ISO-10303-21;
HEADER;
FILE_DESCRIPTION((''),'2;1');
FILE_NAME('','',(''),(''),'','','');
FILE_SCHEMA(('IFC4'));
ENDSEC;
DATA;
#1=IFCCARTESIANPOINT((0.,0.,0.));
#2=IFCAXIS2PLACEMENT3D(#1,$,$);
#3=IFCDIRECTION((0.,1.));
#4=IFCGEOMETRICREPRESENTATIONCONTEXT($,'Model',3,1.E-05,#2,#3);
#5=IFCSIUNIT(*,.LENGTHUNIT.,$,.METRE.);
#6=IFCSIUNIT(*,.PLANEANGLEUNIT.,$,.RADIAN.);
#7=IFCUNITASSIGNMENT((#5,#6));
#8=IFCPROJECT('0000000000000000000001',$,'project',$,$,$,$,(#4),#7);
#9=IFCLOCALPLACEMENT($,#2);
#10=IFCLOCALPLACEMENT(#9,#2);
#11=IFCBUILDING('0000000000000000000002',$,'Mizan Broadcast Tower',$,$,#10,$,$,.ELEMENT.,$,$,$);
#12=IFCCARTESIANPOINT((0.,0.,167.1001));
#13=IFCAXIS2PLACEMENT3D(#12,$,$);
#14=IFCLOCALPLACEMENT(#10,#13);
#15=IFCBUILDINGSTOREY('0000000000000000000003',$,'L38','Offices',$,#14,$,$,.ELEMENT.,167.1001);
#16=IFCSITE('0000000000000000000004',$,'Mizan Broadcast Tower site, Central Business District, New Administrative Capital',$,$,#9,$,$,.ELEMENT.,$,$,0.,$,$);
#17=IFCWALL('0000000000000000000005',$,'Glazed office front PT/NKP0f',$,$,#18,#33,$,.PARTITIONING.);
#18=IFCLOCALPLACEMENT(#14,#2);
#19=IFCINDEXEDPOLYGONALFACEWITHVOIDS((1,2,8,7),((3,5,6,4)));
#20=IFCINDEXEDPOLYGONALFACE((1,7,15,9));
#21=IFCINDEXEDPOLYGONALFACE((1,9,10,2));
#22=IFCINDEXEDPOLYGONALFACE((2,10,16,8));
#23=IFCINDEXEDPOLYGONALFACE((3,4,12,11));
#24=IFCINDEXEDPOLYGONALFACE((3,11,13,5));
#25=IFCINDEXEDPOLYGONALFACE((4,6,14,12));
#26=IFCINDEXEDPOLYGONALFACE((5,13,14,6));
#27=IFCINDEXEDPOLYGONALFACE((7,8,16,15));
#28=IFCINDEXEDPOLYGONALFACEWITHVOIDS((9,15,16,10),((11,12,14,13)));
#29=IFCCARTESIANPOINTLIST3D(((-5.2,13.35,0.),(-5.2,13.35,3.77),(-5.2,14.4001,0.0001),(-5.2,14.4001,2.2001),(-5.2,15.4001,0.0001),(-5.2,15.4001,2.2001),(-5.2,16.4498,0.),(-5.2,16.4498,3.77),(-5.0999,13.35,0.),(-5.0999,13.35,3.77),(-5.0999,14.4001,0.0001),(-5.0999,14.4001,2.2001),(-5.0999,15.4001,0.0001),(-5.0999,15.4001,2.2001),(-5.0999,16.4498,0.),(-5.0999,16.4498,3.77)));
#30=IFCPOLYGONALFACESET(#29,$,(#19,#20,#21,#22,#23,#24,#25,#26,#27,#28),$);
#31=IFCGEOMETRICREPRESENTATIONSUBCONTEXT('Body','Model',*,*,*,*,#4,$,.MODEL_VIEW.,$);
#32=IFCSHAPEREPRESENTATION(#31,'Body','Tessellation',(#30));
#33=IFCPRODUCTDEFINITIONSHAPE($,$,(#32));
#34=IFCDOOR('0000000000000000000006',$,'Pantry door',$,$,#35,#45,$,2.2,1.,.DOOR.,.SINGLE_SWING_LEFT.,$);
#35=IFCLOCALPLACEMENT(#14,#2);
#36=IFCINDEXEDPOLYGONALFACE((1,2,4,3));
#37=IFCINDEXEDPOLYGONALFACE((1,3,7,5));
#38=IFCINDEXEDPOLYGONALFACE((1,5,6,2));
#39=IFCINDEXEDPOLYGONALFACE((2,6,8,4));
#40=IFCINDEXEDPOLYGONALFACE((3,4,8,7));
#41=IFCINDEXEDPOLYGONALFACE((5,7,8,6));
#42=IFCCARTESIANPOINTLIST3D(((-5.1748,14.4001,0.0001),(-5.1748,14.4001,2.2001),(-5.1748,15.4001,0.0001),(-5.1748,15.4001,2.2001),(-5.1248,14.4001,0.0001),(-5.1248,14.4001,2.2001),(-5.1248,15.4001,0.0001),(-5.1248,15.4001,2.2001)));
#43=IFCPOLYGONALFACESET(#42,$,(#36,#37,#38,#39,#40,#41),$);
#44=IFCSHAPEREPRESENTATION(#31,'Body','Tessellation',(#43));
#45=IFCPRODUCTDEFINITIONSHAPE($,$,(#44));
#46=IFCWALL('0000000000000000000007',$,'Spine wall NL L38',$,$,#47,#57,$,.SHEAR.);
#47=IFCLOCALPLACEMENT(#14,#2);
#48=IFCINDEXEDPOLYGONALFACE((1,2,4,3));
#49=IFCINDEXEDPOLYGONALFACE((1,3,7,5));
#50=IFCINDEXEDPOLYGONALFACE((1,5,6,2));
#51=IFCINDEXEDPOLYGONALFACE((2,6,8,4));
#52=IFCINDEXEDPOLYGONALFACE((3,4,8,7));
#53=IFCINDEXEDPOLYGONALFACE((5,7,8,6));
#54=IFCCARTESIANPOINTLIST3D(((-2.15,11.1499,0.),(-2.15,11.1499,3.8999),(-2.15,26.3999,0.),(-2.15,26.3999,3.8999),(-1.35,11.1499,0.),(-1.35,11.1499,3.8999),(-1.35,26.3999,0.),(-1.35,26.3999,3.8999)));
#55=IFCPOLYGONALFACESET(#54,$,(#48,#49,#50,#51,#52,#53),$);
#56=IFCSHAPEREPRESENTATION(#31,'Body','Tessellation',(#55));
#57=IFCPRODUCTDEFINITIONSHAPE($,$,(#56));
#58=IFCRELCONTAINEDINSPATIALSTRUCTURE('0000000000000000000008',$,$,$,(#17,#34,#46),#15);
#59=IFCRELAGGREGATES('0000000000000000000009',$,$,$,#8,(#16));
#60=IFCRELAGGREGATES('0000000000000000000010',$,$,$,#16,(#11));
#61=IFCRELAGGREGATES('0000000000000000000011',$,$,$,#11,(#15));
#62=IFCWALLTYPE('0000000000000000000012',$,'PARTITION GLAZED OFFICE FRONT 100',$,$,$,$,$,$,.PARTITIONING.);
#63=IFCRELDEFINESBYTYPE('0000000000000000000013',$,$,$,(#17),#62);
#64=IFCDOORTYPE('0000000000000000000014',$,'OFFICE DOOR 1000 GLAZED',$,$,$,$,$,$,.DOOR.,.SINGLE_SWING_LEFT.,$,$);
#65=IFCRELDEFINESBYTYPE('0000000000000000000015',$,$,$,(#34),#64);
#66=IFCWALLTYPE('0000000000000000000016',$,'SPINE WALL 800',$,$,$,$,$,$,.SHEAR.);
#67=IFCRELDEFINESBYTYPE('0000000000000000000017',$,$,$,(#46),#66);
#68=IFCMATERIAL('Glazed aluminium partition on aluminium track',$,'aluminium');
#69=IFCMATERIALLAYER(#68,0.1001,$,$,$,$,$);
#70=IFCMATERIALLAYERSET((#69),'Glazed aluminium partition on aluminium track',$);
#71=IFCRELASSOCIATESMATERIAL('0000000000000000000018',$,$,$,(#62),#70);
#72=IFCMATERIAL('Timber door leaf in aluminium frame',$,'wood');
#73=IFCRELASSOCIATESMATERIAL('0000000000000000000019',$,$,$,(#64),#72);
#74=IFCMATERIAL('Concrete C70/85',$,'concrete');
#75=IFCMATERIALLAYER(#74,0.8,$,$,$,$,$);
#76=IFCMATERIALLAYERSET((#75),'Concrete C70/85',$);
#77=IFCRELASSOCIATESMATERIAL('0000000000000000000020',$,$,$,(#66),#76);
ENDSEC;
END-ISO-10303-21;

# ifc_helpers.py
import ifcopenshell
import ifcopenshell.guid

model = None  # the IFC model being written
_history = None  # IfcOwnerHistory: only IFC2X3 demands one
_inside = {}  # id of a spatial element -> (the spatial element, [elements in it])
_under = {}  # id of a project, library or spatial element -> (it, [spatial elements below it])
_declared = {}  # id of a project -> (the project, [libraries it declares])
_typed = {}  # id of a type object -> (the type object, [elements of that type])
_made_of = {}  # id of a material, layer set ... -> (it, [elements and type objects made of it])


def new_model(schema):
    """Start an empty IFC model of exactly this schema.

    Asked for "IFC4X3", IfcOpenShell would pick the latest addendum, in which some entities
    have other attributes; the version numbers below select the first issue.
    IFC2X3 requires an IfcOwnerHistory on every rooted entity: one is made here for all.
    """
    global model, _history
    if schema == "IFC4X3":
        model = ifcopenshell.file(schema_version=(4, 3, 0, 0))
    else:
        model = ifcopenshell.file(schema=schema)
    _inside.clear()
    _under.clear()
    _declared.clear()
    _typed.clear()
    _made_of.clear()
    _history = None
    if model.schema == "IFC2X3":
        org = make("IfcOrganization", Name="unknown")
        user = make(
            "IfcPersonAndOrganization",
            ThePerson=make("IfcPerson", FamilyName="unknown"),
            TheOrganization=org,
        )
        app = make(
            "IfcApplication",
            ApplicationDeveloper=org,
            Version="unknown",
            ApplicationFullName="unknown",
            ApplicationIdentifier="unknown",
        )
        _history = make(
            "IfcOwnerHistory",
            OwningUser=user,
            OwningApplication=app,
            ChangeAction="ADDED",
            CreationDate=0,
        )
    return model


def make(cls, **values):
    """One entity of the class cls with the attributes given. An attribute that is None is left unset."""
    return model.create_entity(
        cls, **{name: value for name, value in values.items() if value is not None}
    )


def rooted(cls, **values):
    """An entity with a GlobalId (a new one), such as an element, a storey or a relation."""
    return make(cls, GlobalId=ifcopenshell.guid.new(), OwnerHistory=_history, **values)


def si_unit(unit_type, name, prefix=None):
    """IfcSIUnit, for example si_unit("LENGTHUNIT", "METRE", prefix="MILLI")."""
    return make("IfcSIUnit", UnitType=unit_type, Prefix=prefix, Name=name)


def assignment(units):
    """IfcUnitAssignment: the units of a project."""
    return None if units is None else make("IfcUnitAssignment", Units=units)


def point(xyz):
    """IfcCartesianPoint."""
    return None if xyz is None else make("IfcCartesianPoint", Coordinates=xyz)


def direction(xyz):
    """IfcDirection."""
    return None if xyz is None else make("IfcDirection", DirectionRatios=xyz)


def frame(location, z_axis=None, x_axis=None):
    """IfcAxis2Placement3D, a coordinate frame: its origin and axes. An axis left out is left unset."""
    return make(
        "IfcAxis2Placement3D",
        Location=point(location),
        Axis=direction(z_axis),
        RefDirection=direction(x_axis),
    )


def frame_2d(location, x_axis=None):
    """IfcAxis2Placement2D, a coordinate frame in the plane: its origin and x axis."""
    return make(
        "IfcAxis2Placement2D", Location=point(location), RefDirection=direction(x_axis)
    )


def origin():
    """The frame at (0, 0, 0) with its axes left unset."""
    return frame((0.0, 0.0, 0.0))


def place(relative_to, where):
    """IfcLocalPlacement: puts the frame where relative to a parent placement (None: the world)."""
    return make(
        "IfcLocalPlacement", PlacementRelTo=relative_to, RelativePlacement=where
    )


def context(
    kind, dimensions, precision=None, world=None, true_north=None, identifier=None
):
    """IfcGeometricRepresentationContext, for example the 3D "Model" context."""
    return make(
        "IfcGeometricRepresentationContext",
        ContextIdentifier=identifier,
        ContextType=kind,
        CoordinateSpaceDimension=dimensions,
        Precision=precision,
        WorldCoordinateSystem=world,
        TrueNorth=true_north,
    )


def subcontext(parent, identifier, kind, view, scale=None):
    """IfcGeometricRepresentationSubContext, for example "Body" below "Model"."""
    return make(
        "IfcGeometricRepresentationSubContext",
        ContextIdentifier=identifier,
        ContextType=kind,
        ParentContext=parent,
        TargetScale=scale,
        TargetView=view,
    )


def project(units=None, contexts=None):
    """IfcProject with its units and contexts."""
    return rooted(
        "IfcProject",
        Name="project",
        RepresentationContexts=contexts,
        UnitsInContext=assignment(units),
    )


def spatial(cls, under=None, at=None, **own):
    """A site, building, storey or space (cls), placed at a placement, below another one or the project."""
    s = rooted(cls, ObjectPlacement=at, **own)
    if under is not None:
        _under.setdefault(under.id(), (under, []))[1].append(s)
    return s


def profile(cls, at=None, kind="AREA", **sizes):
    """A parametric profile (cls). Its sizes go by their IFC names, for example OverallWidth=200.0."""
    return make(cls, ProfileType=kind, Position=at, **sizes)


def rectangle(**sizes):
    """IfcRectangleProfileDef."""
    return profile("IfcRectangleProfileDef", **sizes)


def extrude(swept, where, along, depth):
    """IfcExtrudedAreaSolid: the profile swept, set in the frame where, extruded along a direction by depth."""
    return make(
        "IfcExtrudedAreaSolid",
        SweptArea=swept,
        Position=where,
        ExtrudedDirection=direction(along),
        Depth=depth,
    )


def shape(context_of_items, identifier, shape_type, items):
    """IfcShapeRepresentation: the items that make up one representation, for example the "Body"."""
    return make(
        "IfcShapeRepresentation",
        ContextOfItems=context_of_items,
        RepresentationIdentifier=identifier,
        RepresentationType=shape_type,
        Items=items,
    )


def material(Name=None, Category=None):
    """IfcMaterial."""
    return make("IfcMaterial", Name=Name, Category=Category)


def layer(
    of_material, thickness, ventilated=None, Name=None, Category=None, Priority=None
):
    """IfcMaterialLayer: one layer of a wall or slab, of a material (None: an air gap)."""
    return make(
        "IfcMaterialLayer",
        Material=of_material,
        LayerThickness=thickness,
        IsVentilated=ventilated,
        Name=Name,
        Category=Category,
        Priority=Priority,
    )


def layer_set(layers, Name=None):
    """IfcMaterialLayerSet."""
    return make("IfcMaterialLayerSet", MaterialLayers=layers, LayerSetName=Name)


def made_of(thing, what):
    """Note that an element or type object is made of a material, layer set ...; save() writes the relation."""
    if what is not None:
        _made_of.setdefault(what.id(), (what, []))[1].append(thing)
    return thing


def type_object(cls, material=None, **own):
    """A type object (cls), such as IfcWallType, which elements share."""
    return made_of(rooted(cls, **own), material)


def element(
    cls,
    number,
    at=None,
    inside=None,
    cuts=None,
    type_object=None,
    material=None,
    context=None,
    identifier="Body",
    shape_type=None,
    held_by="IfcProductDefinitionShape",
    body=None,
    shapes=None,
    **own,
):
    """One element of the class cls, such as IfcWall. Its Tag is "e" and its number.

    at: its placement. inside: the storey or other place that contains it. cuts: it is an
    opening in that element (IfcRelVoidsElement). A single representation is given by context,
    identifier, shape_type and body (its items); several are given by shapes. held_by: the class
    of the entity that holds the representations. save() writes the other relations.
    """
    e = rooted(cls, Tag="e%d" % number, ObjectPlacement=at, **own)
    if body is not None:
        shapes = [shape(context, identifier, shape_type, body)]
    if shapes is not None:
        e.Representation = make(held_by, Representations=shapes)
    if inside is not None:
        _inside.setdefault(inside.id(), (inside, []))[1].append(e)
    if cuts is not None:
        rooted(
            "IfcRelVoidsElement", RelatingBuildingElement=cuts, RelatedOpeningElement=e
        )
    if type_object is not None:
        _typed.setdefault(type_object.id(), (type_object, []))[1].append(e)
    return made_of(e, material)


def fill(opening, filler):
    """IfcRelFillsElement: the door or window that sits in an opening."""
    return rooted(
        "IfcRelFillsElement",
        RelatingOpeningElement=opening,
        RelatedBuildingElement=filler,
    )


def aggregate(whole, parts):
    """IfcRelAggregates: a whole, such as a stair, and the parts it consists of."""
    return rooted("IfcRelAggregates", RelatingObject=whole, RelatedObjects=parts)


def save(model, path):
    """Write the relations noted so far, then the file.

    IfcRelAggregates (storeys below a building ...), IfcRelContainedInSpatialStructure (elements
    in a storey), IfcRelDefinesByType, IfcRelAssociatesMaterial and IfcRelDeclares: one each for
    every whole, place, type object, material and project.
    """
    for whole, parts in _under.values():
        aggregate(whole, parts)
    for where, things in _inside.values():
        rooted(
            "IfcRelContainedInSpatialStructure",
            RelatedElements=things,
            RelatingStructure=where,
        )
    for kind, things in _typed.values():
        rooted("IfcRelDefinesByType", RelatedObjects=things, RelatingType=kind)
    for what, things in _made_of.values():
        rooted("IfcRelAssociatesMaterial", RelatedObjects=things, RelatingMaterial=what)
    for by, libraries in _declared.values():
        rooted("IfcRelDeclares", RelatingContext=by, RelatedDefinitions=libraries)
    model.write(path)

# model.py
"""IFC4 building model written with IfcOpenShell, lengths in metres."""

from ifc_helpers import new_model, si_unit, direction, frame, frame_2d, origin, place, context, subcontext, project, spatial, rectangle, extrude, material, layer, layer_set, type_object, element, fill, save


model = new_model("IFC4")

# Units and contexts
model_context = context("Model", 3, precision=1e-05, world=origin(), true_north=direction((0.0, 1.0)))
body_context = subcontext(model_context, "Body", "Model", "MODEL_VIEW")
ifc_project = project(units=[si_unit("LENGTHUNIT", "METRE"), si_unit("PLANEANGLEUNIT", "RADIAN")], contexts=[model_context])

# Site, building, storey
site_placement = place(None, origin())
site = spatial("IfcSite", under=ifc_project, at=site_placement, Name="Mizan Broadcast Tower site, Central Business District, New Administrative Capital", CompositionType="ELEMENT", RefElevation=0.0)
building_placement = place(site_placement, origin())
building = spatial("IfcBuilding", under=site, at=building_placement, Name="Mizan Broadcast Tower", CompositionType="ELEMENT")
storey_placement = place(building_placement, frame((0.0, 0.0, 167.1001)))
storey = spatial("IfcBuildingStorey", under=building, at=storey_placement, Name="L38", Description="Offices", CompositionType="ELEMENT", Elevation=167.1001)

# Shared definitions
ifc_material_1 = material(Name="Glazed aluminium partition on aluminium track", Category="aluminium")
ifc_layer_1 = layer(ifc_material_1, 0.1001)
ifc_layer_set_1 = layer_set([ifc_layer_1], Name="Glazed aluminium partition on aluminium track")
wall_type_1 = type_object("IfcWallType", Name="PARTITION GLAZED OFFICE FRONT 100", PredefinedType="PARTITIONING", material=ifc_layer_set_1)

# Wall, opening, door
wall_1_placement = place(storey_placement, frame((-5.1499, 13.3501, 0.0), z_axis=(0.0, 0.0, 1.0), x_axis=(0.0, 1.0, 0.0)))
wall_1 = element("IfcWall", 1, at=wall_1_placement, inside=storey, type_object=wall_type_1, Name="Glazed office front PT/NKP0f", PredefinedType="PARTITIONING", context=body_context, shape_type="SweptSolid", body=[
    extrude(rectangle(XDim=3.0999, YDim=0.1001, at=frame_2d((1.5498, 0.0))), origin(), (0.0, 0.0, 1.0), 3.77),
])
opening_1_placement = place(wall_1_placement, frame((1.05, 0.0, 0.0)))
opening_1 = element("IfcOpeningElement", 2, at=opening_1_placement, cuts=wall_1, PredefinedType="OPENING", context=body_context, shape_type="SweptSolid", body=[
    extrude(rectangle(XDim=1.0, YDim=2.2, at=frame_2d((0.5, 1.1001))), frame((0.0, 0.0601, 0.0), z_axis=(0.0, -1.0, 0.0), x_axis=(1.0, 0.0, 0.0)), (0.0, 0.0, 1.0), 0.1201),
])
ifc_material_2 = material(Name="Timber door leaf in aluminium frame", Category="wood")
door_type_1 = type_object("IfcDoorType", Name="OFFICE DOOR 1000 GLAZED", OperationType="SINGLE_SWING_LEFT", PredefinedType="DOOR", material=ifc_material_2)
door_1_placement = place(opening_1_placement, origin())
door_1 = element("IfcDoor", 3, at=door_1_placement, inside=storey, type_object=door_type_1, Name="Pantry door", OperationType="SINGLE_SWING_LEFT", OverallHeight=2.2, OverallWidth=1.0, PredefinedType="DOOR", context=body_context, shape_type="SweptSolid", body=[
    extrude(rectangle(XDim=1.0, YDim=2.2, at=frame_2d((0.5, 1.1001))), frame((0.0, 0.0249, 0.0), z_axis=(0.0, -1.0, 0.0), x_axis=(1.0, 0.0, 0.0)), (0.0, 0.0, 1.0), 0.05),
])
fill(opening_1, door_1)

# Wall
ifc_material_3 = material(Name="Concrete C70/85", Category="concrete")
ifc_layer_2 = layer(ifc_material_3, 0.8)
ifc_layer_set_2 = layer_set([ifc_layer_2], Name="Concrete C70/85")
wall_type_2 = type_object("IfcWallType", Name="SPINE WALL 800", PredefinedType="SHEAR", material=ifc_layer_set_2)
wall_2_placement = place(storey_placement, frame((-1.75, 11.1499, 0.0), z_axis=(0.0, 0.0, 1.0), x_axis=(0.0, 1.0, 0.0)))
element("IfcWall", 4, at=wall_2_placement, inside=storey, type_object=wall_type_2, Name="Spine wall NL L38", PredefinedType="SHEAR", context=body_context, shape_type="SweptSolid", body=[
    extrude(rectangle(XDim=15.25, YDim=0.8, at=frame_2d((7.625, 0.0))), origin(), (0.0, 0.0, 1.0), 3.8999),
])

save(model, "model.ifc")
